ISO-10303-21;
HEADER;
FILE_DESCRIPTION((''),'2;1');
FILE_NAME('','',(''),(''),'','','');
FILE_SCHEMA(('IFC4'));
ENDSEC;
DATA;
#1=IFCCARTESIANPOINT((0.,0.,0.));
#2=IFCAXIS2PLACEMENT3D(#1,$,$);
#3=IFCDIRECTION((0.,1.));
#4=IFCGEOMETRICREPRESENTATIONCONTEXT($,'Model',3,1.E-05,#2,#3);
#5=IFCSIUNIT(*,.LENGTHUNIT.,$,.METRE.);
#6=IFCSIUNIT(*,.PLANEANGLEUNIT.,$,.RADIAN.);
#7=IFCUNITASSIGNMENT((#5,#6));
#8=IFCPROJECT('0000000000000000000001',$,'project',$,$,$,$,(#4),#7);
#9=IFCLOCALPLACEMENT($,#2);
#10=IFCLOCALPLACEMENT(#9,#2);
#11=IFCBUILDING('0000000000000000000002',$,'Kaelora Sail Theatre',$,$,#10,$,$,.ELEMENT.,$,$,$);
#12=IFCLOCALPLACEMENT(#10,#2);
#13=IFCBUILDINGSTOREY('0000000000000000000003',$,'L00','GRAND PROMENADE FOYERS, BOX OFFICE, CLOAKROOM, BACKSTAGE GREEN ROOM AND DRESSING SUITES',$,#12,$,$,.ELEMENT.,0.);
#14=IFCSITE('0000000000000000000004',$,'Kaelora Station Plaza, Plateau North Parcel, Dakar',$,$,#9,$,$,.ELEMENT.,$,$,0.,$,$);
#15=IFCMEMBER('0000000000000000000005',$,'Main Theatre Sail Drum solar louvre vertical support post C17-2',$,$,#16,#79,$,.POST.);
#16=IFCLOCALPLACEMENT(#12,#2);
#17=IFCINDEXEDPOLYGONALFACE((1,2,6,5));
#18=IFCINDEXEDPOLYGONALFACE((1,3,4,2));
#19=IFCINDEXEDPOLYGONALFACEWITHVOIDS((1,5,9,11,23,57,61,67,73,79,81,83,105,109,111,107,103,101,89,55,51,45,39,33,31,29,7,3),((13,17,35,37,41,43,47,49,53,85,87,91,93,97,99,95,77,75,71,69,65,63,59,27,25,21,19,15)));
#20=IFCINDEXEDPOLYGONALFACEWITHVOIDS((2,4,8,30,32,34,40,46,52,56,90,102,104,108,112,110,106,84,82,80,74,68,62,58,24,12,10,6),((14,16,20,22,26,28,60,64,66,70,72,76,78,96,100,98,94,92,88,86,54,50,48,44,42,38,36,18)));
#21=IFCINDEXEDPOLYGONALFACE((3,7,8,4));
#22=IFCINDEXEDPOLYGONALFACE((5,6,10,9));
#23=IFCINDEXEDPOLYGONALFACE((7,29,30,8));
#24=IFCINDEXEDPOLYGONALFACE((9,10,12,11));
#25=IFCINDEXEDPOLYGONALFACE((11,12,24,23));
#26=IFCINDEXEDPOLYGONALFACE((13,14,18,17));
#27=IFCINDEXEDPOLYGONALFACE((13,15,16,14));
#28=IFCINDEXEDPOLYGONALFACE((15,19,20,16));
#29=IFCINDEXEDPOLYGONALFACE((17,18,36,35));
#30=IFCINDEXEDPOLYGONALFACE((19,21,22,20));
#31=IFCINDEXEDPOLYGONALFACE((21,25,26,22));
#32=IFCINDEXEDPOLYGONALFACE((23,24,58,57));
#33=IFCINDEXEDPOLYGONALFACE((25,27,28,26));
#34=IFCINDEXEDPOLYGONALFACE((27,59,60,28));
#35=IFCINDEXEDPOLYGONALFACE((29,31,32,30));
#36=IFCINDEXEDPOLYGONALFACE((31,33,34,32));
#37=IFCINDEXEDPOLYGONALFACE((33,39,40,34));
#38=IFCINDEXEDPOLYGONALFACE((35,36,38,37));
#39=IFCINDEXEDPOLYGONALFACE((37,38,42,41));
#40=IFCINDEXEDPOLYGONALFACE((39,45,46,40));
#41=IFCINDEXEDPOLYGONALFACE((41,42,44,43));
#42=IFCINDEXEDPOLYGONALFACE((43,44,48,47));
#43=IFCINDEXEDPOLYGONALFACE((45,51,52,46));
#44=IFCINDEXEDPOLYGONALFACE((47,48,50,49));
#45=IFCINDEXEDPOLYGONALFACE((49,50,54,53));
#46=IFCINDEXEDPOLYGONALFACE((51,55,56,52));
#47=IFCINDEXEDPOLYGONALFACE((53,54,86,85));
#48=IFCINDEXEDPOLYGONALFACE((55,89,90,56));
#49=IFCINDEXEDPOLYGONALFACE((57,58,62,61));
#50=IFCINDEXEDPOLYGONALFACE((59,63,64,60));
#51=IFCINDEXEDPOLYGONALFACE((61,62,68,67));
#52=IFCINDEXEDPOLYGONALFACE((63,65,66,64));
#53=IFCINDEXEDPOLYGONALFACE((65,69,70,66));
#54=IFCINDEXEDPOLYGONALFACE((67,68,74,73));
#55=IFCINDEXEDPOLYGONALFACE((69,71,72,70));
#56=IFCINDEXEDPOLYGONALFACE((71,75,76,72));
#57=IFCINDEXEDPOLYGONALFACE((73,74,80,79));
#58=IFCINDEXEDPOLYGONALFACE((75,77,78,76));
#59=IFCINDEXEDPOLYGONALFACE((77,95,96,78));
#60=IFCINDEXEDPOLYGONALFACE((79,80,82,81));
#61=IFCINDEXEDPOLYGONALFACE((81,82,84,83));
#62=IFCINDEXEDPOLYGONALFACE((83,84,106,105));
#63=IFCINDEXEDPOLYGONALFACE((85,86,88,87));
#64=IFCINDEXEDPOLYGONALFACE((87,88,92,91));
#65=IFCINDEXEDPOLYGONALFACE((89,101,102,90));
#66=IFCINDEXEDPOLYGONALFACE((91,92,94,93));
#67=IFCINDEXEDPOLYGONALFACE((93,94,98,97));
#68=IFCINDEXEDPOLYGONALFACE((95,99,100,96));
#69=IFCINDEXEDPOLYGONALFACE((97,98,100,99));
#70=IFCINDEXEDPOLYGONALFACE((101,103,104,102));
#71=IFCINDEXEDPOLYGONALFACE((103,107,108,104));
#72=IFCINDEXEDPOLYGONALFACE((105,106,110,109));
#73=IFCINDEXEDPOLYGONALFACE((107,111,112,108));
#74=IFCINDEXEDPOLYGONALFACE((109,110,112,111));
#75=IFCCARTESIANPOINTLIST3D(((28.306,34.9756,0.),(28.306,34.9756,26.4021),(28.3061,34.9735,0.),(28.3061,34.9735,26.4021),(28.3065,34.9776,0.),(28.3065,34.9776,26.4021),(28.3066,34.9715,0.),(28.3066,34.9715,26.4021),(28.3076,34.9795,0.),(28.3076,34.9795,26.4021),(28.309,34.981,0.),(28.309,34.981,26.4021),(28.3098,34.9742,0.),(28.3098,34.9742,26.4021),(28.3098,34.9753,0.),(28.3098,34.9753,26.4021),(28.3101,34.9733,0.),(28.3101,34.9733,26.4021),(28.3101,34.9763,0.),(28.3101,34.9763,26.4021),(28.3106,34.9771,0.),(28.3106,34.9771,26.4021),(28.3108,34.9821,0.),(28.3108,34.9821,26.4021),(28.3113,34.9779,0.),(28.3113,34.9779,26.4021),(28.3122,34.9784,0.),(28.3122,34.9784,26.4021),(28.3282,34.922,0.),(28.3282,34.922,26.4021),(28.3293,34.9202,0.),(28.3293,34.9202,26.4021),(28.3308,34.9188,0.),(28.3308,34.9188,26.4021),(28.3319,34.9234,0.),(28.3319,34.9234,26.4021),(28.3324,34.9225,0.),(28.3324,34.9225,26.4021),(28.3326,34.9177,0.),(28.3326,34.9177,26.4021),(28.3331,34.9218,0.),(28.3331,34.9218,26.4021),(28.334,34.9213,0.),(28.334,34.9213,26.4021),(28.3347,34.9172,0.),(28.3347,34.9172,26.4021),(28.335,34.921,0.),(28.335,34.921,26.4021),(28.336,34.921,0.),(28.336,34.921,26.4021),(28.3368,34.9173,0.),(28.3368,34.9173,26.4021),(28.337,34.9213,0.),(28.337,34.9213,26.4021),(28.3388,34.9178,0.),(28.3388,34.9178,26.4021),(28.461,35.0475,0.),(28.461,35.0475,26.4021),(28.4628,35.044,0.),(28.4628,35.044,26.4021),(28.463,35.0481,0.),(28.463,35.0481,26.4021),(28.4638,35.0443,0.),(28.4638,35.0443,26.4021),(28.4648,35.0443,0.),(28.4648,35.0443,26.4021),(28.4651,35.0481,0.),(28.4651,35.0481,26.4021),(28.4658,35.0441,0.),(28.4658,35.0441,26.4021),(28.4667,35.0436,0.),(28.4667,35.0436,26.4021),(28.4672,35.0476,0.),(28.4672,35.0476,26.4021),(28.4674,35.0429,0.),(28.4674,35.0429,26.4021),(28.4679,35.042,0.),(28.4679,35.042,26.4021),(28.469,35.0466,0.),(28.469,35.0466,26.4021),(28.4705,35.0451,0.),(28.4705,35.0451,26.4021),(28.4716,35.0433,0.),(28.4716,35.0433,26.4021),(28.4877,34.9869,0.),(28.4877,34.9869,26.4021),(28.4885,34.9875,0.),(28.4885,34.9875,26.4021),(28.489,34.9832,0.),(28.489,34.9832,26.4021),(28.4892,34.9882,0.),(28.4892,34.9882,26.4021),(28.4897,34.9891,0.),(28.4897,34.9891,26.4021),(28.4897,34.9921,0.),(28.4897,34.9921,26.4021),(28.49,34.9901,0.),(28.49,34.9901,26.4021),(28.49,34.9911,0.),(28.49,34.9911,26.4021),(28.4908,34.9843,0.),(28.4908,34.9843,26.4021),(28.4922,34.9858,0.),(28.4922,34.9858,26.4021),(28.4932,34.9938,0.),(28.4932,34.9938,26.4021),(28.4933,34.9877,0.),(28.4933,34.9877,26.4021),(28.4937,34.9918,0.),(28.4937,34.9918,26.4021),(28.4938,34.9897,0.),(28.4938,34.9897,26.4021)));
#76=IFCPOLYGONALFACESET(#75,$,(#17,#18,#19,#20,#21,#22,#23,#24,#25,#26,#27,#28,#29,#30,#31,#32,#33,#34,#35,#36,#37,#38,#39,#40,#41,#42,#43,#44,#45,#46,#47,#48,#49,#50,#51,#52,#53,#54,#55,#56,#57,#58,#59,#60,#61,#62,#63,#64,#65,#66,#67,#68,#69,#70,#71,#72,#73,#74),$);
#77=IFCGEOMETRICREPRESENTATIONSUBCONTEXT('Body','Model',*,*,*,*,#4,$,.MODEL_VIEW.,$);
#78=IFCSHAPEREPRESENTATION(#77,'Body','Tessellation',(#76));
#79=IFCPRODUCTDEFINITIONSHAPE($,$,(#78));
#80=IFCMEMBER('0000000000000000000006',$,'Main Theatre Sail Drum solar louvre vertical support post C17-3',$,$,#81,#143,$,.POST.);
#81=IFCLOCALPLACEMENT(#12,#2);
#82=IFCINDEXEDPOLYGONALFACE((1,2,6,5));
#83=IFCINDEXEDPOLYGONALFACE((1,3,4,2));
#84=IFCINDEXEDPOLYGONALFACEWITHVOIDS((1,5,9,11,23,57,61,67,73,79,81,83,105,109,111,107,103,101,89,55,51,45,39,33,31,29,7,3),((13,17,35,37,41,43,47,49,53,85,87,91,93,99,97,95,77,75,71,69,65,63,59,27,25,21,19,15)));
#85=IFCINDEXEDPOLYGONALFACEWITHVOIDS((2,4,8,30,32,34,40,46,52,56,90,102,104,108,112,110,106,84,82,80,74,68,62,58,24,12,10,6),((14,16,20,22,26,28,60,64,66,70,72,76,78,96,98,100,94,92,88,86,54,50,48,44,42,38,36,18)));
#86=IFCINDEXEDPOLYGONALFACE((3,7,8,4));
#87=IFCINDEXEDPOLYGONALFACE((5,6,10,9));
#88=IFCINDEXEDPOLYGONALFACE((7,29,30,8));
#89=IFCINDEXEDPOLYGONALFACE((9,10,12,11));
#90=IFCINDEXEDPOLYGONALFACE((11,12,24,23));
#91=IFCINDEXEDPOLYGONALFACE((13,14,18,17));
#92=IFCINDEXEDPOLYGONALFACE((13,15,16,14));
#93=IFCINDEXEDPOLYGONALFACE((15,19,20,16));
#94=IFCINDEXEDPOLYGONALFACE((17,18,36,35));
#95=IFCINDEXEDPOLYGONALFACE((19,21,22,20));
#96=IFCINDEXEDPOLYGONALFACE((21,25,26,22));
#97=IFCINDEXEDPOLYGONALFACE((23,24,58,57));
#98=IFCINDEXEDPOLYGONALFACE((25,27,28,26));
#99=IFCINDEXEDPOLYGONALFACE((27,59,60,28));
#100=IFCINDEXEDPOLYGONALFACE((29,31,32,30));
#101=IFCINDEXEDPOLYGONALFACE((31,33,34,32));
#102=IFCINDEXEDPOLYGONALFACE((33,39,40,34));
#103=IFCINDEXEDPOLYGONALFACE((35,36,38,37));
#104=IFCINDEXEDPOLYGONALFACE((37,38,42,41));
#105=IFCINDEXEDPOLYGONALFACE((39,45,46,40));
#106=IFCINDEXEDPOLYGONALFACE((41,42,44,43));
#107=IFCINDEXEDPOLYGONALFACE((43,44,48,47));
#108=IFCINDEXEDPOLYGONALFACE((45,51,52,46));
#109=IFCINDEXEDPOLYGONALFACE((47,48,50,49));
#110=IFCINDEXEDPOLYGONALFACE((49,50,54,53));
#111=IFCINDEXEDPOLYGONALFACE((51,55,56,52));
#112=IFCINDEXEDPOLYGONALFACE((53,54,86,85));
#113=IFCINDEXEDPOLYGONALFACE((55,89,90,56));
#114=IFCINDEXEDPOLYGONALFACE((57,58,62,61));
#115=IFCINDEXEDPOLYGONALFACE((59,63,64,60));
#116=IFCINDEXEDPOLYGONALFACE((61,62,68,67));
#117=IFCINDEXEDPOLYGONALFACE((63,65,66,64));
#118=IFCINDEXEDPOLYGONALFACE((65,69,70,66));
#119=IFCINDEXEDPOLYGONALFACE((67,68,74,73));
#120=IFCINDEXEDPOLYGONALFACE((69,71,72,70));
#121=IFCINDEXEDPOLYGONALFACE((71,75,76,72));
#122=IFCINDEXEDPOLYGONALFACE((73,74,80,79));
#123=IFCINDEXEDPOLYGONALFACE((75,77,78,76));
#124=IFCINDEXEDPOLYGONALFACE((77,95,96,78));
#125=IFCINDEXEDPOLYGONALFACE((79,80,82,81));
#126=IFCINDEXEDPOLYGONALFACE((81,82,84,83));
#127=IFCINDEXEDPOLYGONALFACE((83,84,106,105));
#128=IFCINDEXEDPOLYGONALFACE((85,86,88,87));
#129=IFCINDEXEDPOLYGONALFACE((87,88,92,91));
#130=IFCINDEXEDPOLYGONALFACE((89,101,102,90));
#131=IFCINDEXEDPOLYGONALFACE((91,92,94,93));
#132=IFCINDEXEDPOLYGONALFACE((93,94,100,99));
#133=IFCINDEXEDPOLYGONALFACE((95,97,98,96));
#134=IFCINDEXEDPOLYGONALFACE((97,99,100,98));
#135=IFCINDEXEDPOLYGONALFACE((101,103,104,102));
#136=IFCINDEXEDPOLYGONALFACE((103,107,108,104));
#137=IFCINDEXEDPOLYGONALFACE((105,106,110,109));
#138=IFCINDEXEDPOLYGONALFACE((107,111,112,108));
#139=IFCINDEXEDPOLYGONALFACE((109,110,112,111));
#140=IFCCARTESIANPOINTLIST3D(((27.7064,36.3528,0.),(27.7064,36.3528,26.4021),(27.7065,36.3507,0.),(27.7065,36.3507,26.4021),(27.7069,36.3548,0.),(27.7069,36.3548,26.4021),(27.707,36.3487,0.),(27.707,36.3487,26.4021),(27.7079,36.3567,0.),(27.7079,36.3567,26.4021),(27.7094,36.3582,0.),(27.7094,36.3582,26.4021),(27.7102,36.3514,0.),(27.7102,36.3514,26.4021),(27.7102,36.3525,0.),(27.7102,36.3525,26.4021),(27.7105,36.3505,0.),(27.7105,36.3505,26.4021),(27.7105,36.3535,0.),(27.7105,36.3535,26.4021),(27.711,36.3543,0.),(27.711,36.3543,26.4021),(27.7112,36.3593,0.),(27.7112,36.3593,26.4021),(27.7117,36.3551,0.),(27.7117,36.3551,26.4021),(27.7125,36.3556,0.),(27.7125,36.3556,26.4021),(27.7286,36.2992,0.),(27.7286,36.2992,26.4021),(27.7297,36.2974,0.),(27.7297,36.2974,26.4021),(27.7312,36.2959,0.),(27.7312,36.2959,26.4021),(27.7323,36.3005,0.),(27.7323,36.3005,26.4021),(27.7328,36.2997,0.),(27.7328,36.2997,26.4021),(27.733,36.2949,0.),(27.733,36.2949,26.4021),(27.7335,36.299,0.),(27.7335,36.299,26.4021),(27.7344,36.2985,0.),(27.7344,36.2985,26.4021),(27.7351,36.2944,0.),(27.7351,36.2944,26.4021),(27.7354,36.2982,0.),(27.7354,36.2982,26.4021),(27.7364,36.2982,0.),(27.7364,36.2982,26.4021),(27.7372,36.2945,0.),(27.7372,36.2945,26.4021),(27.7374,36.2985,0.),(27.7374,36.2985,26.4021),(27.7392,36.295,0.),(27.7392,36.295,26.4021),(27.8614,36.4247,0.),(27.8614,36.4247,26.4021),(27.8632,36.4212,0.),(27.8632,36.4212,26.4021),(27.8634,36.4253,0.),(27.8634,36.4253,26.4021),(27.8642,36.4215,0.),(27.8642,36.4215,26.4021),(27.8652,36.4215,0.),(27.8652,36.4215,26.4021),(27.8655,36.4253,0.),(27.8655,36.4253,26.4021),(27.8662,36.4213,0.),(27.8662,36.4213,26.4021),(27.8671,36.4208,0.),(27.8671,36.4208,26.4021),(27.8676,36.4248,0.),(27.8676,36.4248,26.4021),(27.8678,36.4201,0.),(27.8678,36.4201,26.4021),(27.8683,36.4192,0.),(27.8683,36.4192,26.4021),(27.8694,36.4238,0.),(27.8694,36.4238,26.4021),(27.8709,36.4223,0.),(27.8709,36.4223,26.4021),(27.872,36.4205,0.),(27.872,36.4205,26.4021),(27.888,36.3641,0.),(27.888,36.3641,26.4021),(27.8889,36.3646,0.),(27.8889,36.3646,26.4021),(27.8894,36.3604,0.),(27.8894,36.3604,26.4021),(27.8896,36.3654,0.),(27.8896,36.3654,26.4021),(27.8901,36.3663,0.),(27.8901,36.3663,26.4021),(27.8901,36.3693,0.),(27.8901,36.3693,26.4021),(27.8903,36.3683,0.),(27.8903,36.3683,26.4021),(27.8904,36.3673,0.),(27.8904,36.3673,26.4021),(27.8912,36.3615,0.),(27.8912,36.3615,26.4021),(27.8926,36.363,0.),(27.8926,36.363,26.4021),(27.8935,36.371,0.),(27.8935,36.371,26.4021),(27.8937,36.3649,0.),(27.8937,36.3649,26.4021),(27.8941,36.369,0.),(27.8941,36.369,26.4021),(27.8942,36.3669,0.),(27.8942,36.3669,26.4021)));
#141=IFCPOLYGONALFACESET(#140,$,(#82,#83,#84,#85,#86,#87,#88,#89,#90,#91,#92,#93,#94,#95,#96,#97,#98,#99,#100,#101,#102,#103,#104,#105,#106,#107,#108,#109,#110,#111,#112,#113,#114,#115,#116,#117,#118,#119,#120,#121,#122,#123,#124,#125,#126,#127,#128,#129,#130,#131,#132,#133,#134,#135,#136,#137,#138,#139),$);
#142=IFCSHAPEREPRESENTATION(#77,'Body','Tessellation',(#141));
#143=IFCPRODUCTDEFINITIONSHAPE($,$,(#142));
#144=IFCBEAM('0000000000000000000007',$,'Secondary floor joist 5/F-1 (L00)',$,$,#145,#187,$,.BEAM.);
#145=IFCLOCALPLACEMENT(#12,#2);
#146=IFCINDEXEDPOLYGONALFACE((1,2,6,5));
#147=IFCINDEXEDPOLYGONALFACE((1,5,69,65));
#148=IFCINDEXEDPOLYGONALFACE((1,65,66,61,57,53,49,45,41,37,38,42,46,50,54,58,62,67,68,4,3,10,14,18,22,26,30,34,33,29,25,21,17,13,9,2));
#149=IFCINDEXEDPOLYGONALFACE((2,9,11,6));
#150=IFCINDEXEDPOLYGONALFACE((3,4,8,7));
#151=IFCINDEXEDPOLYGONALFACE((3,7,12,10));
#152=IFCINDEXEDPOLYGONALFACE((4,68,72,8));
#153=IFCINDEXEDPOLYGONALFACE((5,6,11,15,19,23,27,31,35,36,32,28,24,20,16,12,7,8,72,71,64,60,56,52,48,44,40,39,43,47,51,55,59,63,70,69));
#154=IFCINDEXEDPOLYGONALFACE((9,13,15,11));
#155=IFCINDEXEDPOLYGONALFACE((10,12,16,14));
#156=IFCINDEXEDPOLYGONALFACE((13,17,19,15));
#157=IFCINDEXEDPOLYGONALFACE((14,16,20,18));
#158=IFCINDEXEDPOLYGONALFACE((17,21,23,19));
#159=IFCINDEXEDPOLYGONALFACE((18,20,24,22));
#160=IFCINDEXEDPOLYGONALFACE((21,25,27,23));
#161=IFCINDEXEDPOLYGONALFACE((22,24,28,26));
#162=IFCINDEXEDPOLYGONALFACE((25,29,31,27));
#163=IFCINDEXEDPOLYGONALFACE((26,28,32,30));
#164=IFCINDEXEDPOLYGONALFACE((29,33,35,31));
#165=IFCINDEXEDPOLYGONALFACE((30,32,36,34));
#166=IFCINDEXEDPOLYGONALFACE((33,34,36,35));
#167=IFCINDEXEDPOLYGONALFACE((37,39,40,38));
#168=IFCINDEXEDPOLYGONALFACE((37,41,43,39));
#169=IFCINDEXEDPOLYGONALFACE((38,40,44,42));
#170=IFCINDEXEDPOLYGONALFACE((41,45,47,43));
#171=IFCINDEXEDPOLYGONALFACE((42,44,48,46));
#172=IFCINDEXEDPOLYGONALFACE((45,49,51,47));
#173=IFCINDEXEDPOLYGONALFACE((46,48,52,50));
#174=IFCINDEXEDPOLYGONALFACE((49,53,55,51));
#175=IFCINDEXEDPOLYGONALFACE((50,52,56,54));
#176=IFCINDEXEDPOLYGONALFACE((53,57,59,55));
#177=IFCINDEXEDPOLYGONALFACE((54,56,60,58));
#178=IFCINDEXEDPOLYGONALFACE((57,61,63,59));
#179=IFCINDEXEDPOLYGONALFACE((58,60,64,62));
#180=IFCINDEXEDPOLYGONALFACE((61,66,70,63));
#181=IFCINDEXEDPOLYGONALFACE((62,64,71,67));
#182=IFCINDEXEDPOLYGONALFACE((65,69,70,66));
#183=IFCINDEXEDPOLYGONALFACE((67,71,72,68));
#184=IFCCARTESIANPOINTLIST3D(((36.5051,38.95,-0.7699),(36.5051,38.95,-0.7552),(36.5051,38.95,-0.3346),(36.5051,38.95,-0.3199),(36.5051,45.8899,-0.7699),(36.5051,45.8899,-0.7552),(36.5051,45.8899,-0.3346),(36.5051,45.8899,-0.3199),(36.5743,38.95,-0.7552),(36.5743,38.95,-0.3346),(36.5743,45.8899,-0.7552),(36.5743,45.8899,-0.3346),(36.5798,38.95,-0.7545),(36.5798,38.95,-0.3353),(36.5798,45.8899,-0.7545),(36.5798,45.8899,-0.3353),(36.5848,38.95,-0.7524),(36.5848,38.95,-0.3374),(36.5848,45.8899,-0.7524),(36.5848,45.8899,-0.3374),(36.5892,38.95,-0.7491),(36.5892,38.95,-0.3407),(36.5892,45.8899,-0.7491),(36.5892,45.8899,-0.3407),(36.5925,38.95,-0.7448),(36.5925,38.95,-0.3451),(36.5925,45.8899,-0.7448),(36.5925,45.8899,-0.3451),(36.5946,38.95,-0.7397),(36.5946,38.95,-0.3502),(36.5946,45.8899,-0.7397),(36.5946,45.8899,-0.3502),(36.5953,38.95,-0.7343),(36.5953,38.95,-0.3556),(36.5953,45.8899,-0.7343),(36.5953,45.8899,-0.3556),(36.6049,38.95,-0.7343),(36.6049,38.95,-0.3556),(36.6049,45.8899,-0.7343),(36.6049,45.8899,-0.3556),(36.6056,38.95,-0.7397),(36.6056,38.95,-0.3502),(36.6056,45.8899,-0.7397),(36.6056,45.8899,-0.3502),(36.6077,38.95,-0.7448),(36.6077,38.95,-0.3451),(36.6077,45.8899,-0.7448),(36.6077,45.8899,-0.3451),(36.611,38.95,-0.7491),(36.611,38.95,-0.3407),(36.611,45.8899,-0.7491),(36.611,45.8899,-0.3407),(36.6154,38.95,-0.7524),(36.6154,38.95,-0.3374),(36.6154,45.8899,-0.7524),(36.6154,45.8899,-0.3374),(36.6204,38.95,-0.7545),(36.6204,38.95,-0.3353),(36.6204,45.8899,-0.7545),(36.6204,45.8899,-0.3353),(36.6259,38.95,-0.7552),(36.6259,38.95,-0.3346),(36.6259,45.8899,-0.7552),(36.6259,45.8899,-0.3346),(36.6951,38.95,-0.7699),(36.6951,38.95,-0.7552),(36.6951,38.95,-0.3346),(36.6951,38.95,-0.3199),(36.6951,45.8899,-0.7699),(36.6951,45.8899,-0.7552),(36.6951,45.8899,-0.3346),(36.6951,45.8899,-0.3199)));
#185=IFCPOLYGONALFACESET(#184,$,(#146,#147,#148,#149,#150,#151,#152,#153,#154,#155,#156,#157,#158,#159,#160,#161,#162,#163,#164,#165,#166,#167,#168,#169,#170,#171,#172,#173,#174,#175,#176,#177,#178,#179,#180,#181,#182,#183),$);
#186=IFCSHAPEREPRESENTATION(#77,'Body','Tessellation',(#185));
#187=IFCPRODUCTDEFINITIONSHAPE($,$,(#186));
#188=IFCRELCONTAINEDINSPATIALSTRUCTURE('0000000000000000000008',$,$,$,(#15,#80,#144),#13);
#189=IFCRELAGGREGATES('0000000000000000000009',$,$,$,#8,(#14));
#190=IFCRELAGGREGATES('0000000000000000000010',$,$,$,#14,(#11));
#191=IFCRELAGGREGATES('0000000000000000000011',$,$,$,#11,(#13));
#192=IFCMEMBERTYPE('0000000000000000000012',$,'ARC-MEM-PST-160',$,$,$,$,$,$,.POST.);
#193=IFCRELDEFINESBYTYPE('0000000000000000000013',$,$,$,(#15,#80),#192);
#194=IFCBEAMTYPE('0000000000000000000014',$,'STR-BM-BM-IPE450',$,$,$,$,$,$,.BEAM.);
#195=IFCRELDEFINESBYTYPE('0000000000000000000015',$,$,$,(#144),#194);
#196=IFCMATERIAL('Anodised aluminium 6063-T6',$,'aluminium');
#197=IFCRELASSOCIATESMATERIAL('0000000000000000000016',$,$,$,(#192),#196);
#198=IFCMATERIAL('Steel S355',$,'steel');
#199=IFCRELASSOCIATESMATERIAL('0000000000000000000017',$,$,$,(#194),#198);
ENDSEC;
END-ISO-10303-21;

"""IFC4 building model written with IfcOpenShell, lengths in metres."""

from ifc_helpers import new_model, si_unit, direction, frame, origin, origin_2d, place, context, subcontext, project, spatial, hollow_rectangle, i_section, extrude, material, material_profile, profile_set, type_object, element, save


model = new_model("IFC4")

# Units and contexts
model_context = context("Model", 3, precision=1e-05, world=origin(), true_north=direction((0.0, 1.0)))
body_context = subcontext(model_context, "Body", "Model", "MODEL_VIEW")
ifc_project = project(units=[si_unit("LENGTHUNIT", "METRE"), si_unit("PLANEANGLEUNIT", "RADIAN")], contexts=[model_context])

# Site, building, storey
site_placement = place(None, origin())
site = spatial("IfcSite", under=ifc_project, at=site_placement, Name="Kaelora Station Plaza, Plateau North Parcel, Dakar", CompositionType="ELEMENT", RefElevation=0.0)
building_placement = place(site_placement, origin())
building = spatial("IfcBuilding", under=site, at=building_placement, Name="Kaelora Sail Theatre", CompositionType="ELEMENT")
storey_placement = place(building_placement, origin())
storey = spatial("IfcBuildingStorey", under=building, at=storey_placement, Name="L00", Description="GRAND PROMENADE FOYERS, BOX OFFICE, CLOAKROOM, BACKSTAGE GREEN ROOM AND DRESSING SUITES", CompositionType="ELEMENT", Elevation=0.0)

# Members
ifc_material_1 = material(Name="Anodised aluminium 6063-T6", Category="aluminium")
ifc_material_profile_1 = material_profile(ifc_material_1, hollow_rectangle(XDim=0.0701, YDim=0.1799, WallThickness=0.0039, InnerFilletRadius=0.0039, OuterFilletRadius=0.0081, at=origin_2d()), Name="ALU-MULL 70x180x4")
ifc_profile_set_1 = profile_set([ifc_material_profile_1], Name="Anodised aluminium 6063-T6")
member_type_1 = type_object("IfcMemberType", Name="ARC-MEM-PST-160", PredefinedType="POST", material=ifc_profile_set_1)
for number, where, z_axis, x_axis, name in (
    (1, (28.3999, 34.9827, 0.0), (0.0, 0.0, 1.0), (-0.399229, 0.916851, 0.0), "Main Theatre Sail Drum solar louvre vertical support post C17-2"),
    (2, (27.8003, 36.3599, 0.0), (0.0, 0.0, 1.0), (-0.399229, 0.916851, 0.0), "Main Theatre Sail Drum solar louvre vertical support post C17-3"),
):
    element("IfcMember", number, at=place(storey_placement, frame(where, z_axis=z_axis, x_axis=x_axis)), inside=storey, type_object=member_type_1, Name=name, PredefinedType="POST", context=body_context, shape_type="SweptSolid", body=[
        extrude(hollow_rectangle(XDim=0.0701, YDim=0.1799, WallThickness=0.0039, InnerFilletRadius=0.0039, OuterFilletRadius=0.0081, at=origin_2d()), origin(), (0.0, 0.0, 1.0), 26.4021),
    ])

# Beam
ifc_material_2 = material(Name="Steel S355", Category="steel")
ifc_material_profile_2 = material_profile(ifc_material_2, i_section(OverallWidth=0.1899, OverallDepth=0.45, WebThickness=0.0095, FlangeThickness=0.0146, FilletRadius=0.021, at=origin_2d()), Name="IPE 450")
ifc_profile_set_2 = profile_set([ifc_material_profile_2], Name="Steel S355")
beam_type_1 = type_object("IfcBeamType", Name="STR-BM-BM-IPE450", PredefinedType="BEAM", material=ifc_profile_set_2)
beam_1_placement = place(storey_placement, frame((36.6001, 38.95, -0.5449), z_axis=(0.0, 1.0, 0.0), x_axis=(-1.0, 0.0, 0.0)))
element("IfcBeam", 3, at=beam_1_placement, inside=storey, type_object=beam_type_1, Name="Secondary floor joist 5/F-1 (L00)", PredefinedType="BEAM", context=body_context, shape_type="SweptSolid", body=[
    extrude(i_section(OverallWidth=0.1899, OverallDepth=0.45, WebThickness=0.0095, FlangeThickness=0.0146, FilletRadius=0.021, at=origin_2d()), origin(), (0.0, 0.0, 1.0), 6.9399),
])

save(model, "model.ifc")
